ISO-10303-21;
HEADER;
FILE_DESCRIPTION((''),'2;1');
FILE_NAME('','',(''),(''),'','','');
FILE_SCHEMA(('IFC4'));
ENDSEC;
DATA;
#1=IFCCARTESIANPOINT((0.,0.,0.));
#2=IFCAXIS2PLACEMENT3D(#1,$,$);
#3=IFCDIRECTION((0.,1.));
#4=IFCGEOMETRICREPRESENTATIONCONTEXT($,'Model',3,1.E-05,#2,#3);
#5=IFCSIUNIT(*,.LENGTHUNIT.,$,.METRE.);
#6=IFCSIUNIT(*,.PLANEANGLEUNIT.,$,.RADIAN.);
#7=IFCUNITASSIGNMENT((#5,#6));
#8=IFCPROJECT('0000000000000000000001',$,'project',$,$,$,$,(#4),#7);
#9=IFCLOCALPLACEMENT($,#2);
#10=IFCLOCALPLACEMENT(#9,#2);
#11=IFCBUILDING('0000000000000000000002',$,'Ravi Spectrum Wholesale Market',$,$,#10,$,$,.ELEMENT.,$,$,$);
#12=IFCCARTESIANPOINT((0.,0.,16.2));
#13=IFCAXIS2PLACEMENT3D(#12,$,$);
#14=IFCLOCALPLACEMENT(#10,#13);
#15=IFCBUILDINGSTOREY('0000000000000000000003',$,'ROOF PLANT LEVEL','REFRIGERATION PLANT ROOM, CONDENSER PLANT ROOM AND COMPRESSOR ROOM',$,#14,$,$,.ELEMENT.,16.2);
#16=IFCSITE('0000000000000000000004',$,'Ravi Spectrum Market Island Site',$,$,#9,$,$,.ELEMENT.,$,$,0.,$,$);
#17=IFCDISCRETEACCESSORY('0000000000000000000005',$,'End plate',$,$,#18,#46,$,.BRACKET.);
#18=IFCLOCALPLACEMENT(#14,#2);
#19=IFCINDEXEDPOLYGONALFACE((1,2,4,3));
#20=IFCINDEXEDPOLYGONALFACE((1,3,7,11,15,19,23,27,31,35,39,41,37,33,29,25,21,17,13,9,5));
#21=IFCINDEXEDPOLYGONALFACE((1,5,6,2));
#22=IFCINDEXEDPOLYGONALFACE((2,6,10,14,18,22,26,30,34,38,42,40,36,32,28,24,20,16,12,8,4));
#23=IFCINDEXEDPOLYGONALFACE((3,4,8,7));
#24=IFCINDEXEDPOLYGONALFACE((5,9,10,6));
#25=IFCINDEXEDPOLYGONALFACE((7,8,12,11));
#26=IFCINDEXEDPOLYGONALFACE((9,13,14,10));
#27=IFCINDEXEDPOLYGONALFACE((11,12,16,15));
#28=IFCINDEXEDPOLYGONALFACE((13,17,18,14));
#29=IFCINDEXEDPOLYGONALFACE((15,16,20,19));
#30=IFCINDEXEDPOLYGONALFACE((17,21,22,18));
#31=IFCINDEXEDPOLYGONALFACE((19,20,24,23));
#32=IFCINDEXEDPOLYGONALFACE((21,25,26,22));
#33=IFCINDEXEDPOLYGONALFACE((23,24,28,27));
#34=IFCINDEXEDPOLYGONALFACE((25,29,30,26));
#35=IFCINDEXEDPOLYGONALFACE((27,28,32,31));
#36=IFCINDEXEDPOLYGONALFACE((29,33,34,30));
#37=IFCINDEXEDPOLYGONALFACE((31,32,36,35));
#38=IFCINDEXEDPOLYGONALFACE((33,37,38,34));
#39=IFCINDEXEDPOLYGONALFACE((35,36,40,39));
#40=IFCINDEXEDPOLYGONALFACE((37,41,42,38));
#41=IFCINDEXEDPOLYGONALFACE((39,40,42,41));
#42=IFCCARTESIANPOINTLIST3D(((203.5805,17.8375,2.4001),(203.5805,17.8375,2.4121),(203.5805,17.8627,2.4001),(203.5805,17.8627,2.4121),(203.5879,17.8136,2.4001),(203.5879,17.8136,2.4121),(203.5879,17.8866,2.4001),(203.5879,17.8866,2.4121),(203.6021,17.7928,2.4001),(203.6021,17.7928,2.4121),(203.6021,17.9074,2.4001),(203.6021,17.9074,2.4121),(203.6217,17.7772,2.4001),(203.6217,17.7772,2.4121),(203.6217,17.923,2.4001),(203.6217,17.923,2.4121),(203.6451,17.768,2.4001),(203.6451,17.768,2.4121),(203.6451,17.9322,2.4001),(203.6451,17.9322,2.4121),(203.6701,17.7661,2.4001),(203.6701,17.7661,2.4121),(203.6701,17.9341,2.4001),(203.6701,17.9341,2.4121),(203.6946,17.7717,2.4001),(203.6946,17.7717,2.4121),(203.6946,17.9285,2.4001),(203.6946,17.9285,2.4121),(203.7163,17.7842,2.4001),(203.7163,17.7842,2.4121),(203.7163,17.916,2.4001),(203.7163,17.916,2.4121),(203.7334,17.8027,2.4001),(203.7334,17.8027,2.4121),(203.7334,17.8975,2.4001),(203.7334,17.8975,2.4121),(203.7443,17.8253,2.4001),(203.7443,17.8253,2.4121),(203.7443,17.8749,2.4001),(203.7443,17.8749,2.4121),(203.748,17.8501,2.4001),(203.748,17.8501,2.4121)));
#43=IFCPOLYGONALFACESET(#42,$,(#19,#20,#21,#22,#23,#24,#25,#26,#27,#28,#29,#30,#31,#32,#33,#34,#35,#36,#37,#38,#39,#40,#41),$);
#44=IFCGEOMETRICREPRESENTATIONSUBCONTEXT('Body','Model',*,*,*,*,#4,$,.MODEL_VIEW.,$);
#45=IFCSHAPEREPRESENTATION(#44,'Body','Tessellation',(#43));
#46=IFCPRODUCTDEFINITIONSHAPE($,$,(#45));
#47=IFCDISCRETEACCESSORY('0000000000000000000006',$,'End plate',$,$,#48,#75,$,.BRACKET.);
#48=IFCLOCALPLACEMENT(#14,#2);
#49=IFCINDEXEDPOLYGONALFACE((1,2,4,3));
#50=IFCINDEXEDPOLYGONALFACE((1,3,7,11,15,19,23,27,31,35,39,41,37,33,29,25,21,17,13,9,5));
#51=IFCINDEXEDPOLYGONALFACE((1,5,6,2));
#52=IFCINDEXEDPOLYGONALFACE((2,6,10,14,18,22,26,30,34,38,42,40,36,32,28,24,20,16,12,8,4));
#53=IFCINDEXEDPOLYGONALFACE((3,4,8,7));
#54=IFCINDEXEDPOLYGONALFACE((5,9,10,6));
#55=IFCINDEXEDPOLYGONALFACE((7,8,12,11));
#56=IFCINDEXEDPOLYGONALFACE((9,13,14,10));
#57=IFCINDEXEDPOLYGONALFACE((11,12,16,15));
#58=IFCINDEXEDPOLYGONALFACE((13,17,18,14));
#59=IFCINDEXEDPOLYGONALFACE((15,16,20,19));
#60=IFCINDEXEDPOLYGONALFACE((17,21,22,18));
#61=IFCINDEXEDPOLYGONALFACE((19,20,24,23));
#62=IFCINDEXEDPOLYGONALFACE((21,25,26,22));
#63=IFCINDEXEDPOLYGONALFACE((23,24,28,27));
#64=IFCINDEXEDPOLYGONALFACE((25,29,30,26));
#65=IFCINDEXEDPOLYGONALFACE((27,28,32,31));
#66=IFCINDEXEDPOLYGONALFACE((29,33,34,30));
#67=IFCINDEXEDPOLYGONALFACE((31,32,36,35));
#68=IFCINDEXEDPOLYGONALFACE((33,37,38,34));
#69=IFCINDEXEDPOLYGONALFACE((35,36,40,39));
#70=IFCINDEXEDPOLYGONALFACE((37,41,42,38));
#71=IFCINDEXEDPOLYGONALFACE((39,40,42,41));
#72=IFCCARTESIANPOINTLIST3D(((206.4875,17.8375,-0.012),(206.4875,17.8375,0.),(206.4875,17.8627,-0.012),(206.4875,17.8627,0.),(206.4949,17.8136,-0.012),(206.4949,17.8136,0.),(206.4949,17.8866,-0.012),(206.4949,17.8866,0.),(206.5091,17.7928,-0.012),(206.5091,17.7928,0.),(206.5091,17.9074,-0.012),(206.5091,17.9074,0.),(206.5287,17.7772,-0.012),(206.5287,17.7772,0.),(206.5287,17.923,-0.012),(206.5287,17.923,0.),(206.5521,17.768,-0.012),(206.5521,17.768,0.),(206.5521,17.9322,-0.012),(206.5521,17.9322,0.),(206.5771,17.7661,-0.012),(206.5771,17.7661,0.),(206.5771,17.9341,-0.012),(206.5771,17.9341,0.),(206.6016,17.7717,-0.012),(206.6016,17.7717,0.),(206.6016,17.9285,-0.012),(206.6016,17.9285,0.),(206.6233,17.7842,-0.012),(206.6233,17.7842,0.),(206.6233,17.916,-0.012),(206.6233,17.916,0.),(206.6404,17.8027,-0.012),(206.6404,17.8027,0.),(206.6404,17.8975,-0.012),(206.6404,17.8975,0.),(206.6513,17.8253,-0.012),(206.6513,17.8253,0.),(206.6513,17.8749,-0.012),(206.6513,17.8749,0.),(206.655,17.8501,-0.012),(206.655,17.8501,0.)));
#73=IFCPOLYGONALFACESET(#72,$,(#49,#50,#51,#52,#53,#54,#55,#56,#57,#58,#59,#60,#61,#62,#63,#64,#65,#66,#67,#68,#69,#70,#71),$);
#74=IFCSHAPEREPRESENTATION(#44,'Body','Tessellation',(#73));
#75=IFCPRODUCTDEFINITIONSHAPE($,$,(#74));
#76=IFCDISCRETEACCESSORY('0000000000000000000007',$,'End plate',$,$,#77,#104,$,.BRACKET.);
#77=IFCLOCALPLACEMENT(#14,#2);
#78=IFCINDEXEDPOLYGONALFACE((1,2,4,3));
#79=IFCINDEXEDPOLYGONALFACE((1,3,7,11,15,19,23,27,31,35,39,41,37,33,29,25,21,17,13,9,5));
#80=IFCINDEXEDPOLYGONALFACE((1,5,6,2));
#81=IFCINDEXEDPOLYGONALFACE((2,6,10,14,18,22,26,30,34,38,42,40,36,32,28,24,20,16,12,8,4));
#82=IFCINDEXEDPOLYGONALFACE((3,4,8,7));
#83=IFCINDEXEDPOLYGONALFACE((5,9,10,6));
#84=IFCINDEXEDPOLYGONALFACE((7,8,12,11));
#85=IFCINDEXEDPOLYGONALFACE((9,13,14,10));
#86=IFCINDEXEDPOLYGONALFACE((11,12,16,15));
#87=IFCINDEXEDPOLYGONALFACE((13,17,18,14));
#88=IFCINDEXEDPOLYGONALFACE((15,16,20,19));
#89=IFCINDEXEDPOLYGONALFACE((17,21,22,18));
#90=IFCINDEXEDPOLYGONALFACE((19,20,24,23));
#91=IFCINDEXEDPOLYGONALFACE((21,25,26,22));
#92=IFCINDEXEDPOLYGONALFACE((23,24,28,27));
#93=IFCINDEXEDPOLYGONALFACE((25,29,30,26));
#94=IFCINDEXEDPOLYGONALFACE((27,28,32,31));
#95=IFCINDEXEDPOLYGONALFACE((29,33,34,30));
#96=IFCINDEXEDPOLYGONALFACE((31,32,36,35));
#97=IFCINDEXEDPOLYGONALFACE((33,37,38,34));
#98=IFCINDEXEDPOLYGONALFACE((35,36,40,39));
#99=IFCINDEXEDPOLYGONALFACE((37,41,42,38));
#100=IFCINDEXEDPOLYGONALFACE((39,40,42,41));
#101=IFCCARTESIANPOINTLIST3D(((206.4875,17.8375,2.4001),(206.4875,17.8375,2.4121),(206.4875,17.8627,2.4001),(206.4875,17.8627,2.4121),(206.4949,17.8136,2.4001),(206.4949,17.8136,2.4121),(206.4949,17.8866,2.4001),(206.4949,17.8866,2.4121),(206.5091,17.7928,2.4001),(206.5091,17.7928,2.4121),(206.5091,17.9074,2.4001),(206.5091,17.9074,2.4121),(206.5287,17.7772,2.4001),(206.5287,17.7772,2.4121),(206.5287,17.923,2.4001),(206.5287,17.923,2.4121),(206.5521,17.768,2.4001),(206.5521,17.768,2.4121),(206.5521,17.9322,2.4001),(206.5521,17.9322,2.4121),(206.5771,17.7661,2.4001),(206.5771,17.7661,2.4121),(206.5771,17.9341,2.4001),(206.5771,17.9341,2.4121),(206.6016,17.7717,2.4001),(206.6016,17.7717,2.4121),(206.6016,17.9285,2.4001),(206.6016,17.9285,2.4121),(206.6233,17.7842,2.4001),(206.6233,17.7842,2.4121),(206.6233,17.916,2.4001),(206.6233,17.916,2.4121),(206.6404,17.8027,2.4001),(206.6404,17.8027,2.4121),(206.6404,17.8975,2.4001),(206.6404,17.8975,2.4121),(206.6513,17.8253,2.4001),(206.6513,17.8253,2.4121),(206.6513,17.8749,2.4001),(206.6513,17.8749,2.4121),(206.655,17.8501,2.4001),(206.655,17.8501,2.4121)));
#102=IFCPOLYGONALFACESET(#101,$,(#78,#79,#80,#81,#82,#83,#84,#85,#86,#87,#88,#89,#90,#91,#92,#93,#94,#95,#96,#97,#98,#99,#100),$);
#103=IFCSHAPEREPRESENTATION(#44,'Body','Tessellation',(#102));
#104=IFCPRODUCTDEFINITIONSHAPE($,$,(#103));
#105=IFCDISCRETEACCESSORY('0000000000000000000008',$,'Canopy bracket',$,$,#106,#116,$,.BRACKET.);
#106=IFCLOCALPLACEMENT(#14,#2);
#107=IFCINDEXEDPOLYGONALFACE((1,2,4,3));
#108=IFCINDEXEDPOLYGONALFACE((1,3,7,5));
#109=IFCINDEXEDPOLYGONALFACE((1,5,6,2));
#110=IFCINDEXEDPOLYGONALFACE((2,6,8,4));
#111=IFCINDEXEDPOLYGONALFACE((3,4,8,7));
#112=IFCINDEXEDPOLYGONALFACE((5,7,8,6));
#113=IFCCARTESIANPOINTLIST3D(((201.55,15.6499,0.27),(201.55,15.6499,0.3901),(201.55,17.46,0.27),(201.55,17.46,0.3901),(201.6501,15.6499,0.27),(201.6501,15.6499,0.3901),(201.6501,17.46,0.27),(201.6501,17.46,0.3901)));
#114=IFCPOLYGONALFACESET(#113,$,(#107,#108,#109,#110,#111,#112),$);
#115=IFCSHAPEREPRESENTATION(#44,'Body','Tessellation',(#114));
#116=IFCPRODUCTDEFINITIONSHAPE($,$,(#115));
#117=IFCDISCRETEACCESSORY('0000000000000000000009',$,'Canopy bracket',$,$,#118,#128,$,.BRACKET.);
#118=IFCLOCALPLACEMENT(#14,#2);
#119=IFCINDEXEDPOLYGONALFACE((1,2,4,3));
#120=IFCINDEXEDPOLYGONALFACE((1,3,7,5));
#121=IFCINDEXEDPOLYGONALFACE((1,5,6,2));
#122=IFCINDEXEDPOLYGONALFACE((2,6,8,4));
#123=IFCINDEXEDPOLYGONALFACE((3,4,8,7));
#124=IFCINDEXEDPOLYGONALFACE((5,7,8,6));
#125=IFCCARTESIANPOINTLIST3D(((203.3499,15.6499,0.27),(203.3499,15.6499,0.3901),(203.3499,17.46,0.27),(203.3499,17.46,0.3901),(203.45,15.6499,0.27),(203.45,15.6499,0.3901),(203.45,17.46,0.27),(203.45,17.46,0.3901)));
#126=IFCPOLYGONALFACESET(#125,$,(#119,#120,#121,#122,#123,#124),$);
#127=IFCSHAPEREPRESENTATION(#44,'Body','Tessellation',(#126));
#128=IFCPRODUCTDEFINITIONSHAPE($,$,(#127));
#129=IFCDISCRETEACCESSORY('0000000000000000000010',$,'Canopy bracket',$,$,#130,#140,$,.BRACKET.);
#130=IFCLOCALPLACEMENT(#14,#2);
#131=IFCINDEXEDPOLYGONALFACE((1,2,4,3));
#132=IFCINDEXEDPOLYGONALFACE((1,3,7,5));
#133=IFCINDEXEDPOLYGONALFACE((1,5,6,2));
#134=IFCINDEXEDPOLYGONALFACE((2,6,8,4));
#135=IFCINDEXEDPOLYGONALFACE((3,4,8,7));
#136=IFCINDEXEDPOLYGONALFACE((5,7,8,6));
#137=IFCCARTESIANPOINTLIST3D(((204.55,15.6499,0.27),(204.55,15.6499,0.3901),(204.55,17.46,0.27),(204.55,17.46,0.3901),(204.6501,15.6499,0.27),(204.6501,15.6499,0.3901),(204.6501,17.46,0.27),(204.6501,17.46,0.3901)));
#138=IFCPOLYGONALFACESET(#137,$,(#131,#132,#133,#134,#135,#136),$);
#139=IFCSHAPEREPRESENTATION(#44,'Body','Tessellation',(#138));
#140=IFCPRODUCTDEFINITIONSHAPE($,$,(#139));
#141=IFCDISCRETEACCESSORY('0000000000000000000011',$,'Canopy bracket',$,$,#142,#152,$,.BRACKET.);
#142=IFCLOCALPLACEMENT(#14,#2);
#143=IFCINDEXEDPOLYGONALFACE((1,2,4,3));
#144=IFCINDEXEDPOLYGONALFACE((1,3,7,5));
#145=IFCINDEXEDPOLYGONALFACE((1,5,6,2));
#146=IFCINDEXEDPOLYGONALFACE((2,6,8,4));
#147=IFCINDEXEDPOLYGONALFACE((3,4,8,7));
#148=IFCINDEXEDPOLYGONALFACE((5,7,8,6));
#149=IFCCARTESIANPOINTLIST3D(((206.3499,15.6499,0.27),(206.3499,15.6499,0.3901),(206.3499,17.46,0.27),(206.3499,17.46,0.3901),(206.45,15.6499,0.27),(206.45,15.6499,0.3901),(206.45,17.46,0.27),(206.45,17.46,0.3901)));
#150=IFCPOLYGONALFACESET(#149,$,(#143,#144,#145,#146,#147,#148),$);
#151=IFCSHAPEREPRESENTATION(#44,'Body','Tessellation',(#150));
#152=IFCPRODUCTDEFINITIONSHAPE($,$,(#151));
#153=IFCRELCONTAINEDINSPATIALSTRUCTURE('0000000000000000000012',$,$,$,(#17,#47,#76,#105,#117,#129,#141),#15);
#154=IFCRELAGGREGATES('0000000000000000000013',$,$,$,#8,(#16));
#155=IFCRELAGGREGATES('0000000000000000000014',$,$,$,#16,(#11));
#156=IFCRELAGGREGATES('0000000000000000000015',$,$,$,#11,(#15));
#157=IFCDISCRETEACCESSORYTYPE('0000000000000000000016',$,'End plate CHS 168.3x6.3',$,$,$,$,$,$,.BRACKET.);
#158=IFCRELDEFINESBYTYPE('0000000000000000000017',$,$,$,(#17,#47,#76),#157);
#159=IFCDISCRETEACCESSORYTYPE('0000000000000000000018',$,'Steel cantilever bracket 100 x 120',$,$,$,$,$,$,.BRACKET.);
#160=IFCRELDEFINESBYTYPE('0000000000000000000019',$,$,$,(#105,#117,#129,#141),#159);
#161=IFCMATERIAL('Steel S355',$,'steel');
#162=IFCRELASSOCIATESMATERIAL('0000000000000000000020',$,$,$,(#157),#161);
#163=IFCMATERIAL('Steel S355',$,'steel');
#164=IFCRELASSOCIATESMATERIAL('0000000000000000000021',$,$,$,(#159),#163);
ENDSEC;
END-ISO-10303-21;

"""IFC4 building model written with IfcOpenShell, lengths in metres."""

from ifc_helpers import new_model, si_unit, direction, frame, origin, origin_2d, place, context, subcontext, project, spatial, rectangle, circle, extrude, material, material_profile, profile_set, type_object, element, save


model = new_model("IFC4")

# Units and contexts
model_context = context("Model", 3, precision=1e-05, world=origin(), true_north=direction((0.0, 1.0)))
body_context = subcontext(model_context, "Body", "Model", "MODEL_VIEW")
ifc_project = project(units=[si_unit("LENGTHUNIT", "METRE"), si_unit("PLANEANGLEUNIT", "RADIAN")], contexts=[model_context])

# Site, building, storey
site_placement = place(None, origin())
site = spatial("IfcSite", under=ifc_project, at=site_placement, Name="Ravi Spectrum Market Island Site", CompositionType="ELEMENT", RefElevation=0.0)
building_placement = place(site_placement, origin())
building = spatial("IfcBuilding", under=site, at=building_placement, Name="Ravi Spectrum Wholesale Market", CompositionType="ELEMENT")
storey_placement = place(building_placement, frame((0.0, 0.0, 16.2)))
storey = spatial("IfcBuildingStorey", under=building, at=storey_placement, Name="ROOF PLANT LEVEL", Description="REFRIGERATION PLANT ROOM, CONDENSER PLANT ROOM AND COMPRESSOR ROOM", CompositionType="ELEMENT", Elevation=16.2)

# Discrete accessories
ifc_material_1 = material(Name="Steel S355", Category="steel")
ifc_material_profile_1 = material_profile(ifc_material_1, circle(Radius=0.0842, at=origin_2d()))
ifc_profile_set_1 = profile_set([ifc_material_profile_1], Name="Steel S355")
discrete_accessory_type_1 = type_object("IfcDiscreteAccessoryType", Name="End plate CHS 168.3x6.3", PredefinedType="BRACKET", material=ifc_profile_set_1)
for number, where, z_axis, x_axis, name in (
    (1, (203.6638, 17.8501, 2.4001), (0.0, 0.0, 1.0), (1.0, 0.0, 0.0), "End plate"),
    (2, (206.5708, 17.8501, 0.0), (0.0, 0.0, -1.0), (1.0, 0.0, 0.0), "End plate"),
    (3, (206.5708, 17.8501, 2.4001), (0.0, 0.0, 1.0), (1.0, 0.0, 0.0), "End plate"),
):
    element("IfcDiscreteAccessory", number, at=place(storey_placement, frame(where, z_axis=z_axis, x_axis=x_axis)), inside=storey, type_object=discrete_accessory_type_1, Name=name, PredefinedType="BRACKET", context=body_context, shape_type="SweptSolid", body=[
        extrude(circle(Radius=0.0842, at=origin_2d()), origin(), (0.0, 0.0, 1.0), 0.012),
    ])
ifc_material_2 = material(Name="Steel S355", Category="steel")
discrete_accessory_type_2 = type_object("IfcDiscreteAccessoryType", Name="Steel cantilever bracket 100 x 120", PredefinedType="BRACKET", material=ifc_material_2)
for number, where, z_axis, x_axis, name in (
    (4, (201.6001, 16.5549, 0.27), (0.0, 0.0, 1.0), (1.0, 0.0, 0.0), "Canopy bracket"),
    (5, (203.3999, 16.5549, 0.27), (0.0, 0.0, 1.0), (1.0, 0.0, 0.0), "Canopy bracket"),
    (6, (204.6001, 16.5549, 0.27), (0.0, 0.0, 1.0), (1.0, 0.0, 0.0), "Canopy bracket"),
    (7, (206.3999, 16.5549, 0.27), (0.0, 0.0, 1.0), (1.0, 0.0, 0.0), "Canopy bracket"),
):
    element("IfcDiscreteAccessory", number, at=place(storey_placement, frame(where, z_axis=z_axis, x_axis=x_axis)), inside=storey, type_object=discrete_accessory_type_2, Name=name, PredefinedType="BRACKET", context=body_context, shape_type="SweptSolid", body=[
        extrude(rectangle(XDim=0.1001, YDim=1.8101, at=origin_2d()), origin(), (0.0, 0.0, 1.0), 0.1201),
    ])

save(model, "model.ifc")
